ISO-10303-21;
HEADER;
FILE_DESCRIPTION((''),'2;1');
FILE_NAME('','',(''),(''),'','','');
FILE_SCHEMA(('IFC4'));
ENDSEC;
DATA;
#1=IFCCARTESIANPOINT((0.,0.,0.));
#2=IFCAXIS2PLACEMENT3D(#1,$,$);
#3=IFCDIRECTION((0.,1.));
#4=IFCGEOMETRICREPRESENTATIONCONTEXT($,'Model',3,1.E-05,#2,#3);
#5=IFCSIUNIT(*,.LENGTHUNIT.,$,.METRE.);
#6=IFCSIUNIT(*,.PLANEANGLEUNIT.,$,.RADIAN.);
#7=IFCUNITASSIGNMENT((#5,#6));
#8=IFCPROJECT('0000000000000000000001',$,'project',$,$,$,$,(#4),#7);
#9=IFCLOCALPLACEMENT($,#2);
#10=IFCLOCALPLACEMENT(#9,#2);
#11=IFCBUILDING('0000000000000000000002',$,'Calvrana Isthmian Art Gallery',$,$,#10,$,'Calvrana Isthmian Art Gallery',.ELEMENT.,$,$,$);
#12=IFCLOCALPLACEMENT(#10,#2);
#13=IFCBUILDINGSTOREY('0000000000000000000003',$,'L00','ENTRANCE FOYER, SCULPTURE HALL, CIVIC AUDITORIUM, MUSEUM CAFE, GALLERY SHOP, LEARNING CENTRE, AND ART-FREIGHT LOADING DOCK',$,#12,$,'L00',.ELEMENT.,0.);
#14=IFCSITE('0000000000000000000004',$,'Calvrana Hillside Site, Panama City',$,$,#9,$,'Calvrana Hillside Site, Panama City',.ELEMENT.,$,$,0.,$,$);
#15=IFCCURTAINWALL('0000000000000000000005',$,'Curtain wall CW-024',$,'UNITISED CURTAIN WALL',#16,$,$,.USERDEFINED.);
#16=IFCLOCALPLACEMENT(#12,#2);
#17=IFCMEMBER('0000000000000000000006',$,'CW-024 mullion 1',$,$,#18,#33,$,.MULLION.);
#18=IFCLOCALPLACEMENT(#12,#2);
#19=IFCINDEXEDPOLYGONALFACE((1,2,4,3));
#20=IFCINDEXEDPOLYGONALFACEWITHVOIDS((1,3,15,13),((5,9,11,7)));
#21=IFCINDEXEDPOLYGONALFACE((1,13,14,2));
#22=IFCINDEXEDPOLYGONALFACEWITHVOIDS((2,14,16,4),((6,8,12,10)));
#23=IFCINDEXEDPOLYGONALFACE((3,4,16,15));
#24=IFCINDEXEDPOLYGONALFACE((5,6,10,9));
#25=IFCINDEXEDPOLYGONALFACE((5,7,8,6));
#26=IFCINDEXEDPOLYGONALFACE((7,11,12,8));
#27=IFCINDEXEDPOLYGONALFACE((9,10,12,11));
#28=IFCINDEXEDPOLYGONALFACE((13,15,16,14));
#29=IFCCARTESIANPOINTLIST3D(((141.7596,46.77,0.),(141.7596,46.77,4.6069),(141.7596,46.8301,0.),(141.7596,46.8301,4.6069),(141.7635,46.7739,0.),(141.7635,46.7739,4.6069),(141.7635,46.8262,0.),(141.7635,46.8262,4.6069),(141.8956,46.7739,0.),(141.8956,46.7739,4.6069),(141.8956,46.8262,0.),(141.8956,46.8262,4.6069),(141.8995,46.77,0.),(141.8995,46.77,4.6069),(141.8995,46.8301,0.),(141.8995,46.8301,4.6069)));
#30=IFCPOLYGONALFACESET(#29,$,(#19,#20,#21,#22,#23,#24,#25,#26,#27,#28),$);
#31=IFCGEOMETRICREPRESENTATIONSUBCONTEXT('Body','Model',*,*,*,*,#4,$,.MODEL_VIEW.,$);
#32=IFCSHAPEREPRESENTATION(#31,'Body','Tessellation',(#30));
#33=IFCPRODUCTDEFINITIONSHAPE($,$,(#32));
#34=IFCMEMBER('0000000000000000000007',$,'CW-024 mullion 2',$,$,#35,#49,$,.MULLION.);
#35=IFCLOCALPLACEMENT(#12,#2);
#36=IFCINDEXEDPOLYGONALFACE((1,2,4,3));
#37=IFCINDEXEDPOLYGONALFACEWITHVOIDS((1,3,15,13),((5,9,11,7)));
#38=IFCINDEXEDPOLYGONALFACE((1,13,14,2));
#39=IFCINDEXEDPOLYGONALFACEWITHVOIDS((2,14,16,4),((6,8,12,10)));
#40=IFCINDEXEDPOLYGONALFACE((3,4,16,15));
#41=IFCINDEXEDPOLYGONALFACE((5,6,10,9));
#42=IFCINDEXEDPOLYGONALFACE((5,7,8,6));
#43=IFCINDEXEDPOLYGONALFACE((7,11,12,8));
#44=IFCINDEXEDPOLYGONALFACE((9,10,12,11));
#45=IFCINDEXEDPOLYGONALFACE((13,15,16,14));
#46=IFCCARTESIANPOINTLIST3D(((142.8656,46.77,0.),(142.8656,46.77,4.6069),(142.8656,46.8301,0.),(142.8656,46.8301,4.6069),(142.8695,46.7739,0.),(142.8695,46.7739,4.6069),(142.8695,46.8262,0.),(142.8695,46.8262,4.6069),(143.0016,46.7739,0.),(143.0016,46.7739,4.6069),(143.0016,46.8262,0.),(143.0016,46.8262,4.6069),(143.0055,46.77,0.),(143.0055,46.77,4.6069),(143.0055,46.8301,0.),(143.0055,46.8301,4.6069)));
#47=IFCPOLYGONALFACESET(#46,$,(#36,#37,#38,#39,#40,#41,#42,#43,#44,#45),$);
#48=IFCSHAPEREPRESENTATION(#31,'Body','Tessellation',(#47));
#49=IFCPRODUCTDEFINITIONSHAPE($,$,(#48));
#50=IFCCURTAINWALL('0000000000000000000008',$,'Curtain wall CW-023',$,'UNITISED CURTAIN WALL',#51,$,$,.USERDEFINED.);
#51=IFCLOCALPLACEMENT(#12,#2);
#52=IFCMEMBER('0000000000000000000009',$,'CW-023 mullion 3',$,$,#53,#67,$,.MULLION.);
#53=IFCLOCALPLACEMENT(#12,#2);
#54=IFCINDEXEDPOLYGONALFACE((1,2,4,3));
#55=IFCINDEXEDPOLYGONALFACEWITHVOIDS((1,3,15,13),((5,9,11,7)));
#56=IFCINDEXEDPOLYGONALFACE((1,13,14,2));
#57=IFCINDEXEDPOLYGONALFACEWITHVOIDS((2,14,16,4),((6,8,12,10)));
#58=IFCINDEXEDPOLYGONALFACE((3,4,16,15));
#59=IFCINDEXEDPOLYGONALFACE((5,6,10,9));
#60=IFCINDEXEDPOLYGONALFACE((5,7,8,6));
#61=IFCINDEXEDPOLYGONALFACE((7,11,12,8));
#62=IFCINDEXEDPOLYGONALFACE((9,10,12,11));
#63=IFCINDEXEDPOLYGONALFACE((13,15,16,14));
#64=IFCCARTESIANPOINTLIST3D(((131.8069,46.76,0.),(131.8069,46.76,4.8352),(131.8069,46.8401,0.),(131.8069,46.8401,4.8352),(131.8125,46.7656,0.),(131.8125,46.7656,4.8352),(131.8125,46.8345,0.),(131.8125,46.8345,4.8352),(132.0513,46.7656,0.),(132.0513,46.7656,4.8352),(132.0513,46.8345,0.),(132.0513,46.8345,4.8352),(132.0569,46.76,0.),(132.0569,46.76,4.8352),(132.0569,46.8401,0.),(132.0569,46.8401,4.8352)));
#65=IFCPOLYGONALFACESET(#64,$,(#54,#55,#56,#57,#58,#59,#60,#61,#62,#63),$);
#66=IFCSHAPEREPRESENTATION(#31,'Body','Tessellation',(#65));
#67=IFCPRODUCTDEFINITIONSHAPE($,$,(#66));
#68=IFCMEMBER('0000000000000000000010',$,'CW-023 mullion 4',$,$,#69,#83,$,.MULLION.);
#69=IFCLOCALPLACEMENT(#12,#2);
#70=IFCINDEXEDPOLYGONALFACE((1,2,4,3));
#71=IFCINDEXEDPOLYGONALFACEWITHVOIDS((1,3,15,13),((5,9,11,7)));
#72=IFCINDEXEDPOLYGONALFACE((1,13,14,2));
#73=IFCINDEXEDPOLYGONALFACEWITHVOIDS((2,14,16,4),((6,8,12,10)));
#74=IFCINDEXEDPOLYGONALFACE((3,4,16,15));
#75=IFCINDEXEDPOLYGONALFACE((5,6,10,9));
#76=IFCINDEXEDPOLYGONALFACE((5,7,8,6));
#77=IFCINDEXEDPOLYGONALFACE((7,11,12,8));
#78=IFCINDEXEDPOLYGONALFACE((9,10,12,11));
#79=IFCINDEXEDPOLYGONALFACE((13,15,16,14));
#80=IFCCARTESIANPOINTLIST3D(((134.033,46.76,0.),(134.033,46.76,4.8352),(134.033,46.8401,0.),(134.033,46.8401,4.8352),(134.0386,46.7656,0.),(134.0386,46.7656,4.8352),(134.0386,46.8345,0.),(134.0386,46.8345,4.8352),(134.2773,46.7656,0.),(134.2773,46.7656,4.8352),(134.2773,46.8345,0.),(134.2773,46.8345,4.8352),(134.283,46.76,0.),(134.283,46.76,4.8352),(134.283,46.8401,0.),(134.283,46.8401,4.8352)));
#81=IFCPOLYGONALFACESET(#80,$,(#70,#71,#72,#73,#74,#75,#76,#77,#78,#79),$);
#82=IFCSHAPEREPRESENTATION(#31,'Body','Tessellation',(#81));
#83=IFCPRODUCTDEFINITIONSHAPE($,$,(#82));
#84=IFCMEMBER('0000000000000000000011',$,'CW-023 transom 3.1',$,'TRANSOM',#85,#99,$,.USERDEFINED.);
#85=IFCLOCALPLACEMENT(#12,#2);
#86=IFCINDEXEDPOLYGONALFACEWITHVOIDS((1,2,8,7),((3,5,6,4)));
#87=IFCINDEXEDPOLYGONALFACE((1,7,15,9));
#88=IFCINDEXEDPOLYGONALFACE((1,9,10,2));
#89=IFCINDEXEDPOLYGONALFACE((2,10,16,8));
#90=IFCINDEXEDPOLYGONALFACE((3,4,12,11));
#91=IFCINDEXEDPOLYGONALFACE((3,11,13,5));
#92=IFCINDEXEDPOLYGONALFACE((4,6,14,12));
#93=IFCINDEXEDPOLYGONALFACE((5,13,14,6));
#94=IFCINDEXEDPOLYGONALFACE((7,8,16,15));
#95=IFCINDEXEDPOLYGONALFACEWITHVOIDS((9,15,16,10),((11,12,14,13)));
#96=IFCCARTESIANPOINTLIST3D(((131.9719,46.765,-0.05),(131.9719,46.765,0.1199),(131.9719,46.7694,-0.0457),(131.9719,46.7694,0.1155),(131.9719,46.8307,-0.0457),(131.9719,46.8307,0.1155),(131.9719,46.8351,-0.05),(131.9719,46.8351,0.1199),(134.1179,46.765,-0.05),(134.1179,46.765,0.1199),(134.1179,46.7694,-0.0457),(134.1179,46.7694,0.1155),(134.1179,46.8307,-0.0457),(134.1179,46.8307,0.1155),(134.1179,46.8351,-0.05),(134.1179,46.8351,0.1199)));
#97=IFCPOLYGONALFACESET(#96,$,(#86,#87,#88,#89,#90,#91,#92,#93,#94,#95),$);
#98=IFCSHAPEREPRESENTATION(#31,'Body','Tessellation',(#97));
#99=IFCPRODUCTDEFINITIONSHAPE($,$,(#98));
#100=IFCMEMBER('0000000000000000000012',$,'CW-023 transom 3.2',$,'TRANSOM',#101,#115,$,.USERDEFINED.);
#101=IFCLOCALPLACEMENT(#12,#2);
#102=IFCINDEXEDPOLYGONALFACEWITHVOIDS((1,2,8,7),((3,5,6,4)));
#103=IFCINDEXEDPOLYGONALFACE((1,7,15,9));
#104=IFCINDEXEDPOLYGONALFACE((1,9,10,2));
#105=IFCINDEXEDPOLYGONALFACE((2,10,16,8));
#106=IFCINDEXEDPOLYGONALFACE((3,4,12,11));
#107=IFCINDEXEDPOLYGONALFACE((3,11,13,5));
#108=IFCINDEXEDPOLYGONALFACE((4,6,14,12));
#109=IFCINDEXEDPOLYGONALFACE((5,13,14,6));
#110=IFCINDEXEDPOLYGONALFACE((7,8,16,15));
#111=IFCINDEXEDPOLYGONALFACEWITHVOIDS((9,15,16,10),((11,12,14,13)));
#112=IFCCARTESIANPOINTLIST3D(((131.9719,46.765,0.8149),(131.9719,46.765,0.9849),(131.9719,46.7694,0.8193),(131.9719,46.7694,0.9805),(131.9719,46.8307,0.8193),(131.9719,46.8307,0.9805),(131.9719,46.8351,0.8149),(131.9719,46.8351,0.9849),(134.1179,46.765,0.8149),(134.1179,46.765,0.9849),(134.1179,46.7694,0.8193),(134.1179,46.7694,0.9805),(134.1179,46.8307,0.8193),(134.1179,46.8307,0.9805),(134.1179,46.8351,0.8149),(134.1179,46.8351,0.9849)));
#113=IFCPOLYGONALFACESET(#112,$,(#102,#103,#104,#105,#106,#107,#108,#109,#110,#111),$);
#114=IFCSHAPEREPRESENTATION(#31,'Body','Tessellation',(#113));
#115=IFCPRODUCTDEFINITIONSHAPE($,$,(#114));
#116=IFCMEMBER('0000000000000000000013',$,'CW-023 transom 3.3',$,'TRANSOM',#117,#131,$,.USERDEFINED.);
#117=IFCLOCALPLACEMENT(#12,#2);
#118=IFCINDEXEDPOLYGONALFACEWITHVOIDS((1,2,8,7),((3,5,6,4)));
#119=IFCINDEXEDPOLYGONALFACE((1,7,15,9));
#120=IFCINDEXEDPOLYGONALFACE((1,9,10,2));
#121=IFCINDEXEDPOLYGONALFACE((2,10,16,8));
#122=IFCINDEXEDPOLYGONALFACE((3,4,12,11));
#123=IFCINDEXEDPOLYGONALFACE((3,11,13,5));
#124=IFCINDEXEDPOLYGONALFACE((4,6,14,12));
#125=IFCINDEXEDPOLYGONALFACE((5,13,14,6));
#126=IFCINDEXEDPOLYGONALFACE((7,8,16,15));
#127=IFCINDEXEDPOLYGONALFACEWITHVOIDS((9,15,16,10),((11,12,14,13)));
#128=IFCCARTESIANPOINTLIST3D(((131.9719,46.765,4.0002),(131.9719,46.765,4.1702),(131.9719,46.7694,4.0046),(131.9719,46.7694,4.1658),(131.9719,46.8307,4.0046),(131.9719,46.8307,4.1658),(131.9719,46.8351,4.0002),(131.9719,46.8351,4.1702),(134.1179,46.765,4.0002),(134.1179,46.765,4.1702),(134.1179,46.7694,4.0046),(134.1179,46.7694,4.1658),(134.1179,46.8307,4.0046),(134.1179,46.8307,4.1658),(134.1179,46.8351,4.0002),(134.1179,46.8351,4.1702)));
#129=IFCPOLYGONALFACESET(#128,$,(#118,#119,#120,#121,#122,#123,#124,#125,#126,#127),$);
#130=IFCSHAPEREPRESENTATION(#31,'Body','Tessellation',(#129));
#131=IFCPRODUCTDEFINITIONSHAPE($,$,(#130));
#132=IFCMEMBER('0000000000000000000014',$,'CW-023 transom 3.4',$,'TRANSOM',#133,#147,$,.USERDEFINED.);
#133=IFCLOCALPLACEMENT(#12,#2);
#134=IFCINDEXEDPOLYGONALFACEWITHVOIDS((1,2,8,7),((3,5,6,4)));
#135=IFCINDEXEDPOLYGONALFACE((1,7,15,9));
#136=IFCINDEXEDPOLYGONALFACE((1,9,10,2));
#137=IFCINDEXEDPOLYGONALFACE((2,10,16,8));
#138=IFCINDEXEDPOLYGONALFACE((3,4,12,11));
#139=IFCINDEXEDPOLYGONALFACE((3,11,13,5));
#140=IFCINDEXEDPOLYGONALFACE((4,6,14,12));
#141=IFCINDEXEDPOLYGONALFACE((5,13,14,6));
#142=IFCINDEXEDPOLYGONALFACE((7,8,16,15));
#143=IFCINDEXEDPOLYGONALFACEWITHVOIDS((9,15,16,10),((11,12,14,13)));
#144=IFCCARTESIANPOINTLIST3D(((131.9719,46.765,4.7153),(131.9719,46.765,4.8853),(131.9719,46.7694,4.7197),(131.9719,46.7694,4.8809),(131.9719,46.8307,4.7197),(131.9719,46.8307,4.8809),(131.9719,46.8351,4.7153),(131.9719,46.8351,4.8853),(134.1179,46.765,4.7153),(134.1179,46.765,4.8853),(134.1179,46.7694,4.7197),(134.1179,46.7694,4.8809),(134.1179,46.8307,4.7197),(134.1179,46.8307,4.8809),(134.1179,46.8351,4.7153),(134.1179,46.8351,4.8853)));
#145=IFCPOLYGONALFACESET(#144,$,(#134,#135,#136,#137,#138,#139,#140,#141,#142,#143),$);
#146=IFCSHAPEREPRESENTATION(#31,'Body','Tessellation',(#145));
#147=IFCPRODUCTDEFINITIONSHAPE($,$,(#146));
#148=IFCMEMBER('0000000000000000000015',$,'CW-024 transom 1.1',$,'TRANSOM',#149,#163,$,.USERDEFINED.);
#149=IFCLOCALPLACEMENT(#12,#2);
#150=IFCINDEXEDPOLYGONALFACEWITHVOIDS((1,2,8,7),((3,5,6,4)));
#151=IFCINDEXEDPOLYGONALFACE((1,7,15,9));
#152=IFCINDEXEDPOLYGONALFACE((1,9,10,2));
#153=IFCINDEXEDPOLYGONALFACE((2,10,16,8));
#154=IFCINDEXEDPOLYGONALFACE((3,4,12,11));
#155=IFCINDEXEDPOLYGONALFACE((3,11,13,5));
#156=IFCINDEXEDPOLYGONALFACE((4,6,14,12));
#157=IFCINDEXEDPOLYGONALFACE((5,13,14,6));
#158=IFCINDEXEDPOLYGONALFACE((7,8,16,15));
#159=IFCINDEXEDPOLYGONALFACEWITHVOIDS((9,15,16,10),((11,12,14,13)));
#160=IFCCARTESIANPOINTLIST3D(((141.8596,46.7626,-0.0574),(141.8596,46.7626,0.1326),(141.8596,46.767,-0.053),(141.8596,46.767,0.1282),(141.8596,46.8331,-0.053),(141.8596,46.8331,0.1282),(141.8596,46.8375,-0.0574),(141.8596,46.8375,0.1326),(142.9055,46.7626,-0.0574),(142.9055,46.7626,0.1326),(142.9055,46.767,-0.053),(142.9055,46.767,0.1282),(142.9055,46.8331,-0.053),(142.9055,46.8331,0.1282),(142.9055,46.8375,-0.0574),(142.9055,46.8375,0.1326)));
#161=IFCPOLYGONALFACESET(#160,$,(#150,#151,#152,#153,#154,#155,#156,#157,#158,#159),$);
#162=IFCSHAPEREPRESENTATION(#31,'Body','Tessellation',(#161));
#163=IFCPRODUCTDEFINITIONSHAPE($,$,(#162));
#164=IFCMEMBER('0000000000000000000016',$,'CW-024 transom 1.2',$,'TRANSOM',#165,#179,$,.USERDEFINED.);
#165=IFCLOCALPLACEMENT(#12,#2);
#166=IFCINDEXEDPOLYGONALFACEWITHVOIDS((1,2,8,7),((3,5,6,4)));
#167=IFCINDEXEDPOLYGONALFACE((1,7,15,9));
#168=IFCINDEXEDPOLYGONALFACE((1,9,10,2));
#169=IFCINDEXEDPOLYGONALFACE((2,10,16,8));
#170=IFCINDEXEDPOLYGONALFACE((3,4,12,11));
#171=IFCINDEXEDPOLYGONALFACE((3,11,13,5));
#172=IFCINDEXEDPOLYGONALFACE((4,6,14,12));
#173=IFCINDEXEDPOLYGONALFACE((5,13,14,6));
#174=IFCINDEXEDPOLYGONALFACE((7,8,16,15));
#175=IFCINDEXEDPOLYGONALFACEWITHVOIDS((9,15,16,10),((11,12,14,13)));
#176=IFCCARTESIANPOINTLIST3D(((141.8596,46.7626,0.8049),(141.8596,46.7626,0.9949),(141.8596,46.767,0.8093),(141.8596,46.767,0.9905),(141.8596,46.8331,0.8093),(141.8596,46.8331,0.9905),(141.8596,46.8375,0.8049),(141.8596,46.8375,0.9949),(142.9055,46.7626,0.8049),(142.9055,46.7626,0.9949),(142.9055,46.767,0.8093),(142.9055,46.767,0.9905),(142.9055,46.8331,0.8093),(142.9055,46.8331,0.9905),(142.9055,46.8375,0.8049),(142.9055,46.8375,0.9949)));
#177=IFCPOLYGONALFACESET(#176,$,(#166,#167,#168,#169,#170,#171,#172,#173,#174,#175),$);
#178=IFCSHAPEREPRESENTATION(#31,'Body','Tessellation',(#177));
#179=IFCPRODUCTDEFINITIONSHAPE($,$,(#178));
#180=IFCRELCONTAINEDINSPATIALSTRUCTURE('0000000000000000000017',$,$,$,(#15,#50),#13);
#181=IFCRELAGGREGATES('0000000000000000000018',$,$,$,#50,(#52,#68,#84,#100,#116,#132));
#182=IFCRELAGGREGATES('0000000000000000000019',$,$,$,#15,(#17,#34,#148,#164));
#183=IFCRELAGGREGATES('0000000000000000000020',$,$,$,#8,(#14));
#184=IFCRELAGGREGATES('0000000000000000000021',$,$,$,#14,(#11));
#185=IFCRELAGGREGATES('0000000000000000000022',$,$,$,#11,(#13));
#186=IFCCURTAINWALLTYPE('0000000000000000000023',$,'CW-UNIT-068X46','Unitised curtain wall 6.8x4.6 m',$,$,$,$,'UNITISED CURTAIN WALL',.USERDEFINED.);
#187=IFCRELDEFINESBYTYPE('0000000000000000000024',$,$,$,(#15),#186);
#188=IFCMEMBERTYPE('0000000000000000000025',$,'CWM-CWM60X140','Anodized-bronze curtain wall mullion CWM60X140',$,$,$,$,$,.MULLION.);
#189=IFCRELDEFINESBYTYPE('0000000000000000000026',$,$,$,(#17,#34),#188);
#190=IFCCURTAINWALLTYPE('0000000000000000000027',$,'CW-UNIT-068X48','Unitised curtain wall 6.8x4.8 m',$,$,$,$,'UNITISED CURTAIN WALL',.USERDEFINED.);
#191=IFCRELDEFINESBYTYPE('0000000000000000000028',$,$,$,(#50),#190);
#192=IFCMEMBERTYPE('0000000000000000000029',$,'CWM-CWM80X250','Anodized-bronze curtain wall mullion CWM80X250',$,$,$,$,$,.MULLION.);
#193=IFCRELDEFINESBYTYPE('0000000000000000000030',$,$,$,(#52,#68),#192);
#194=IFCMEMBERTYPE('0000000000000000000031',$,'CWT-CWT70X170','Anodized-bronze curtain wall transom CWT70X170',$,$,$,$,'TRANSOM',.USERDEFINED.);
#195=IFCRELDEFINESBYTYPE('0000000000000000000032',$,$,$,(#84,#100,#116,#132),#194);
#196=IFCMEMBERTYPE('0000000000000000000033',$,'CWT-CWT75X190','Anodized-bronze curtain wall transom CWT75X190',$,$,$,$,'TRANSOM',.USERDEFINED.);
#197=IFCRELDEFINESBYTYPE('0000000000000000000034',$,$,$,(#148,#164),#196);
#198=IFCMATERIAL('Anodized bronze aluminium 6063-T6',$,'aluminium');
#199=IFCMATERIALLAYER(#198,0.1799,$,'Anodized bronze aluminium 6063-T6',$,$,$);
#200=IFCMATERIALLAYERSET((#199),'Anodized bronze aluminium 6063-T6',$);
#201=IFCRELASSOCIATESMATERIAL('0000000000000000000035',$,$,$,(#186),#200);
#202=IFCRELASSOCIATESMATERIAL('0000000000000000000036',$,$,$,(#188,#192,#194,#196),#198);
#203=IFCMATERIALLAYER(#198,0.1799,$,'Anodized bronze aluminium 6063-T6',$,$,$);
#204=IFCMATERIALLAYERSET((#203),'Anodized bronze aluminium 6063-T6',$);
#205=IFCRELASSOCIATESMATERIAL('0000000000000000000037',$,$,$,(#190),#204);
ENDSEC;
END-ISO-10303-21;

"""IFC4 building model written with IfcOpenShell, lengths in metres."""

from ifc_helpers import new_model, si_unit, direction, frame, origin, origin_2d, place, context, subcontext, project, spatial, hollow_rectangle, extrude, material, layer, layer_set, material_profile, profile_set, type_object, element, aggregate, save


model = new_model("IFC4")

# Units and contexts
model_context = context("Model", 3, precision=1e-05, world=origin(), true_north=direction((0.0, 1.0)))
body_context = subcontext(model_context, "Body", "Model", "MODEL_VIEW")
ifc_project = project(units=[si_unit("LENGTHUNIT", "METRE"), si_unit("PLANEANGLEUNIT", "RADIAN")], contexts=[model_context])

# Site, building, storey
site_placement = place(None, origin())
site = spatial("IfcSite", under=ifc_project, at=site_placement, Name="Calvrana Hillside Site, Panama City", LongName="Calvrana Hillside Site, Panama City", CompositionType="ELEMENT", RefElevation=0.0)
building_placement = place(site_placement, origin())
building = spatial("IfcBuilding", under=site, at=building_placement, Name="Calvrana Isthmian Art Gallery", LongName="Calvrana Isthmian Art Gallery", CompositionType="ELEMENT")
storey_placement = place(building_placement, origin())
storey = spatial("IfcBuildingStorey", under=building, at=storey_placement, Name="L00", Description="ENTRANCE FOYER, SCULPTURE HALL, CIVIC AUDITORIUM, MUSEUM CAFE, GALLERY SHOP, LEARNING CENTRE, AND ART-FREIGHT LOADING DOCK", LongName="L00", CompositionType="ELEMENT", Elevation=0.0)

# Curtain walls, members
ifc_material_1 = material(Name="Anodized bronze aluminium 6063-T6", Category="aluminium")
ifc_layer_1 = layer(ifc_material_1, 0.1799, Name="Anodized bronze aluminium 6063-T6")
ifc_layer_set_1 = layer_set([ifc_layer_1], Name="Anodized bronze aluminium 6063-T6")
curtain_wall_type_1 = type_object("IfcCurtainWallType", Name="CW-UNIT-068X46", Description="Unitised curtain wall 6.8x4.6 m", ElementType="UNITISED CURTAIN WALL", PredefinedType="USERDEFINED", material=ifc_layer_set_1)
curtain_wall_1_placement = place(storey_placement, origin())
curtain_wall_1 = element("IfcCurtainWall", 1, at=curtain_wall_1_placement, inside=storey, type_object=curtain_wall_type_1, Name="Curtain wall CW-024", ObjectType="UNITISED CURTAIN WALL", PredefinedType="USERDEFINED")
ifc_material_profile_1 = material_profile(ifc_material_1, hollow_rectangle(XDim=0.0601, YDim=0.1399, WallThickness=0.0039, at=origin_2d()), Name="CWM60X140")
ifc_profile_set_1 = profile_set([ifc_material_profile_1], Name="Anodized bronze aluminium 6063-T6")
member_type_1 = type_object("IfcMemberType", Name="CWM-CWM60X140", Description="Anodized-bronze curtain wall mullion CWM60X140", PredefinedType="MULLION", material=ifc_profile_set_1)
member_1_placement = place(storey_placement, frame((141.8296, 46.8, 0.0), z_axis=(0.0, 0.0, 1.0), x_axis=(0.0, 1.0, 0.0)))
member_1 = element("IfcMember", 2, at=member_1_placement, type_object=member_type_1, Name="CW-024 mullion 1", PredefinedType="MULLION", context=body_context, shape_type="SweptSolid", body=[
    extrude(hollow_rectangle(XDim=0.0601, YDim=0.1399, WallThickness=0.0039, at=origin_2d()), origin(), (0.0, 0.0, 1.0), 4.6069),
])
member_2_placement = place(storey_placement, frame((142.9355, 46.8, 0.0), z_axis=(0.0, 0.0, 1.0), x_axis=(0.0, 1.0, 0.0)))
member_2 = element("IfcMember", 3, at=member_2_placement, type_object=member_type_1, Name="CW-024 mullion 2", PredefinedType="MULLION", context=body_context, shape_type="SweptSolid", body=[
    extrude(hollow_rectangle(XDim=0.0601, YDim=0.1399, WallThickness=0.0039, at=origin_2d()), origin(), (0.0, 0.0, 1.0), 4.6069),
])
ifc_layer_2 = layer(ifc_material_1, 0.1799, Name="Anodized bronze aluminium 6063-T6")
ifc_layer_set_2 = layer_set([ifc_layer_2], Name="Anodized bronze aluminium 6063-T6")
curtain_wall_type_2 = type_object("IfcCurtainWallType", Name="CW-UNIT-068X48", Description="Unitised curtain wall 6.8x4.8 m", ElementType="UNITISED CURTAIN WALL", PredefinedType="USERDEFINED", material=ifc_layer_set_2)
curtain_wall_2_placement = place(storey_placement, origin())
curtain_wall_2 = element("IfcCurtainWall", 4, at=curtain_wall_2_placement, inside=storey, type_object=curtain_wall_type_2, Name="Curtain wall CW-023", ObjectType="UNITISED CURTAIN WALL", PredefinedType="USERDEFINED")
ifc_material_profile_2 = material_profile(ifc_material_1, hollow_rectangle(XDim=0.0801, YDim=0.25, WallThickness=0.0056, at=origin_2d()), Name="CWM80X250")
ifc_profile_set_2 = profile_set([ifc_material_profile_2], Name="Anodized bronze aluminium 6063-T6")
member_type_2 = type_object("IfcMemberType", Name="CWM-CWM80X250", Description="Anodized-bronze curtain wall mullion CWM80X250", PredefinedType="MULLION", material=ifc_profile_set_2)
member_3_placement = place(storey_placement, frame((131.9319, 46.8, 0.0), z_axis=(0.0, 0.0, 1.0), x_axis=(0.0, 1.0, 0.0)))
member_3 = element("IfcMember", 5, at=member_3_placement, type_object=member_type_2, Name="CW-023 mullion 3", PredefinedType="MULLION", context=body_context, shape_type="SweptSolid", body=[
    extrude(hollow_rectangle(XDim=0.0801, YDim=0.25, WallThickness=0.0056, at=origin_2d()), origin(), (0.0, 0.0, 1.0), 4.8352),
])
member_4_placement = place(storey_placement, frame((134.158, 46.8, 0.0), z_axis=(0.0, 0.0, 1.0), x_axis=(0.0, 1.0, 0.0)))
member_4 = element("IfcMember", 6, at=member_4_placement, type_object=member_type_2, Name="CW-023 mullion 4", PredefinedType="MULLION", context=body_context, shape_type="SweptSolid", body=[
    extrude(hollow_rectangle(XDim=0.0801, YDim=0.25, WallThickness=0.0056, at=origin_2d()), origin(), (0.0, 0.0, 1.0), 4.8352),
])
ifc_material_profile_3 = material_profile(ifc_material_1, hollow_rectangle(XDim=0.0701, YDim=0.1699, WallThickness=0.0044, at=origin_2d()), Name="CWT70X170")
ifc_profile_set_3 = profile_set([ifc_material_profile_3], Name="Anodized bronze aluminium 6063-T6")
member_type_3 = type_object("IfcMemberType", Name="CWT-CWT70X170", Description="Anodized-bronze curtain wall transom CWT70X170", ElementType="TRANSOM", PredefinedType="USERDEFINED", material=ifc_profile_set_3)
member_5_placement = place(storey_placement, frame((131.9719, 46.8, 0.0349), z_axis=(1.0, 0.0, 0.0), x_axis=(0.0, 1.0, 0.0)))
member_5 = element("IfcMember", 7, at=member_5_placement, type_object=member_type_3, Name="CW-023 transom 3.1", ObjectType="TRANSOM", PredefinedType="USERDEFINED", context=body_context, shape_type="SweptSolid", body=[
    extrude(hollow_rectangle(XDim=0.0701, YDim=0.1699, WallThickness=0.0044, at=origin_2d()), origin(), (0.0, 0.0, 1.0), 2.146),
])
member_6_placement = place(storey_placement, frame((131.9719, 46.8, 0.8999), z_axis=(1.0, 0.0, 0.0), x_axis=(0.0, 1.0, 0.0)))
member_6 = element("IfcMember", 8, at=member_6_placement, type_object=member_type_3, Name="CW-023 transom 3.2", ObjectType="TRANSOM", PredefinedType="USERDEFINED", context=body_context, shape_type="SweptSolid", body=[
    extrude(hollow_rectangle(XDim=0.0701, YDim=0.1699, WallThickness=0.0044, at=origin_2d()), origin(), (0.0, 0.0, 1.0), 2.146),
])
member_7_placement = place(storey_placement, frame((131.9719, 46.8, 4.0852), z_axis=(1.0, 0.0, 0.0), x_axis=(0.0, 1.0, 0.0)))
member_7 = element("IfcMember", 9, at=member_7_placement, type_object=member_type_3, Name="CW-023 transom 3.3", ObjectType="TRANSOM", PredefinedType="USERDEFINED", context=body_context, shape_type="SweptSolid", body=[
    extrude(hollow_rectangle(XDim=0.0701, YDim=0.1699, WallThickness=0.0044, at=origin_2d()), origin(), (0.0, 0.0, 1.0), 2.146),
])
member_8_placement = place(storey_placement, frame((131.9719, 46.8, 4.8003), z_axis=(1.0, 0.0, 0.0), x_axis=(0.0, 1.0, 0.0)))
member_8 = element("IfcMember", 10, at=member_8_placement, type_object=member_type_3, Name="CW-023 transom 3.4", ObjectType="TRANSOM", PredefinedType="USERDEFINED", context=body_context, shape_type="SweptSolid", body=[
    extrude(hollow_rectangle(XDim=0.0701, YDim=0.1699, WallThickness=0.0044, at=origin_2d()), origin(), (0.0, 0.0, 1.0), 2.146),
])

# Members
ifc_material_profile_4 = material_profile(ifc_material_1, hollow_rectangle(XDim=0.075, YDim=0.1899, WallThickness=0.0044, at=origin_2d()), Name="CWT75X190")
ifc_profile_set_4 = profile_set([ifc_material_profile_4], Name="Anodized bronze aluminium 6063-T6")
member_type_4 = type_object("IfcMemberType", Name="CWT-CWT75X190", Description="Anodized-bronze curtain wall transom CWT75X190", ElementType="TRANSOM", PredefinedType="USERDEFINED", material=ifc_profile_set_4)
member_9_placement = place(storey_placement, frame((141.8596, 46.8, 0.0376), z_axis=(1.0, 0.0, 0.0), x_axis=(0.0, 1.0, 0.0)))
member_9 = element("IfcMember", 11, at=member_9_placement, type_object=member_type_4, Name="CW-024 transom 1.1", ObjectType="TRANSOM", PredefinedType="USERDEFINED", context=body_context, shape_type="SweptSolid", body=[
    extrude(hollow_rectangle(XDim=0.075, YDim=0.1899, WallThickness=0.0044, at=origin_2d()), origin(), (0.0, 0.0, 1.0), 1.0459),
])
member_10_placement = place(storey_placement, frame((141.8596, 46.8, 0.8999), z_axis=(1.0, 0.0, 0.0), x_axis=(0.0, 1.0, 0.0)))
member_10 = element("IfcMember", 12, at=member_10_placement, type_object=member_type_4, Name="CW-024 transom 1.2", ObjectType="TRANSOM", PredefinedType="USERDEFINED", context=body_context, shape_type="SweptSolid", body=[
    extrude(hollow_rectangle(XDim=0.075, YDim=0.1899, WallThickness=0.0044, at=origin_2d()), origin(), (0.0, 0.0, 1.0), 1.0459),
])

aggregate(curtain_wall_2, [member_3, member_4, member_5, member_6, member_7, member_8])
aggregate(curtain_wall_1, [member_1, member_2, member_9, member_10])

save(model, "model.ifc")
